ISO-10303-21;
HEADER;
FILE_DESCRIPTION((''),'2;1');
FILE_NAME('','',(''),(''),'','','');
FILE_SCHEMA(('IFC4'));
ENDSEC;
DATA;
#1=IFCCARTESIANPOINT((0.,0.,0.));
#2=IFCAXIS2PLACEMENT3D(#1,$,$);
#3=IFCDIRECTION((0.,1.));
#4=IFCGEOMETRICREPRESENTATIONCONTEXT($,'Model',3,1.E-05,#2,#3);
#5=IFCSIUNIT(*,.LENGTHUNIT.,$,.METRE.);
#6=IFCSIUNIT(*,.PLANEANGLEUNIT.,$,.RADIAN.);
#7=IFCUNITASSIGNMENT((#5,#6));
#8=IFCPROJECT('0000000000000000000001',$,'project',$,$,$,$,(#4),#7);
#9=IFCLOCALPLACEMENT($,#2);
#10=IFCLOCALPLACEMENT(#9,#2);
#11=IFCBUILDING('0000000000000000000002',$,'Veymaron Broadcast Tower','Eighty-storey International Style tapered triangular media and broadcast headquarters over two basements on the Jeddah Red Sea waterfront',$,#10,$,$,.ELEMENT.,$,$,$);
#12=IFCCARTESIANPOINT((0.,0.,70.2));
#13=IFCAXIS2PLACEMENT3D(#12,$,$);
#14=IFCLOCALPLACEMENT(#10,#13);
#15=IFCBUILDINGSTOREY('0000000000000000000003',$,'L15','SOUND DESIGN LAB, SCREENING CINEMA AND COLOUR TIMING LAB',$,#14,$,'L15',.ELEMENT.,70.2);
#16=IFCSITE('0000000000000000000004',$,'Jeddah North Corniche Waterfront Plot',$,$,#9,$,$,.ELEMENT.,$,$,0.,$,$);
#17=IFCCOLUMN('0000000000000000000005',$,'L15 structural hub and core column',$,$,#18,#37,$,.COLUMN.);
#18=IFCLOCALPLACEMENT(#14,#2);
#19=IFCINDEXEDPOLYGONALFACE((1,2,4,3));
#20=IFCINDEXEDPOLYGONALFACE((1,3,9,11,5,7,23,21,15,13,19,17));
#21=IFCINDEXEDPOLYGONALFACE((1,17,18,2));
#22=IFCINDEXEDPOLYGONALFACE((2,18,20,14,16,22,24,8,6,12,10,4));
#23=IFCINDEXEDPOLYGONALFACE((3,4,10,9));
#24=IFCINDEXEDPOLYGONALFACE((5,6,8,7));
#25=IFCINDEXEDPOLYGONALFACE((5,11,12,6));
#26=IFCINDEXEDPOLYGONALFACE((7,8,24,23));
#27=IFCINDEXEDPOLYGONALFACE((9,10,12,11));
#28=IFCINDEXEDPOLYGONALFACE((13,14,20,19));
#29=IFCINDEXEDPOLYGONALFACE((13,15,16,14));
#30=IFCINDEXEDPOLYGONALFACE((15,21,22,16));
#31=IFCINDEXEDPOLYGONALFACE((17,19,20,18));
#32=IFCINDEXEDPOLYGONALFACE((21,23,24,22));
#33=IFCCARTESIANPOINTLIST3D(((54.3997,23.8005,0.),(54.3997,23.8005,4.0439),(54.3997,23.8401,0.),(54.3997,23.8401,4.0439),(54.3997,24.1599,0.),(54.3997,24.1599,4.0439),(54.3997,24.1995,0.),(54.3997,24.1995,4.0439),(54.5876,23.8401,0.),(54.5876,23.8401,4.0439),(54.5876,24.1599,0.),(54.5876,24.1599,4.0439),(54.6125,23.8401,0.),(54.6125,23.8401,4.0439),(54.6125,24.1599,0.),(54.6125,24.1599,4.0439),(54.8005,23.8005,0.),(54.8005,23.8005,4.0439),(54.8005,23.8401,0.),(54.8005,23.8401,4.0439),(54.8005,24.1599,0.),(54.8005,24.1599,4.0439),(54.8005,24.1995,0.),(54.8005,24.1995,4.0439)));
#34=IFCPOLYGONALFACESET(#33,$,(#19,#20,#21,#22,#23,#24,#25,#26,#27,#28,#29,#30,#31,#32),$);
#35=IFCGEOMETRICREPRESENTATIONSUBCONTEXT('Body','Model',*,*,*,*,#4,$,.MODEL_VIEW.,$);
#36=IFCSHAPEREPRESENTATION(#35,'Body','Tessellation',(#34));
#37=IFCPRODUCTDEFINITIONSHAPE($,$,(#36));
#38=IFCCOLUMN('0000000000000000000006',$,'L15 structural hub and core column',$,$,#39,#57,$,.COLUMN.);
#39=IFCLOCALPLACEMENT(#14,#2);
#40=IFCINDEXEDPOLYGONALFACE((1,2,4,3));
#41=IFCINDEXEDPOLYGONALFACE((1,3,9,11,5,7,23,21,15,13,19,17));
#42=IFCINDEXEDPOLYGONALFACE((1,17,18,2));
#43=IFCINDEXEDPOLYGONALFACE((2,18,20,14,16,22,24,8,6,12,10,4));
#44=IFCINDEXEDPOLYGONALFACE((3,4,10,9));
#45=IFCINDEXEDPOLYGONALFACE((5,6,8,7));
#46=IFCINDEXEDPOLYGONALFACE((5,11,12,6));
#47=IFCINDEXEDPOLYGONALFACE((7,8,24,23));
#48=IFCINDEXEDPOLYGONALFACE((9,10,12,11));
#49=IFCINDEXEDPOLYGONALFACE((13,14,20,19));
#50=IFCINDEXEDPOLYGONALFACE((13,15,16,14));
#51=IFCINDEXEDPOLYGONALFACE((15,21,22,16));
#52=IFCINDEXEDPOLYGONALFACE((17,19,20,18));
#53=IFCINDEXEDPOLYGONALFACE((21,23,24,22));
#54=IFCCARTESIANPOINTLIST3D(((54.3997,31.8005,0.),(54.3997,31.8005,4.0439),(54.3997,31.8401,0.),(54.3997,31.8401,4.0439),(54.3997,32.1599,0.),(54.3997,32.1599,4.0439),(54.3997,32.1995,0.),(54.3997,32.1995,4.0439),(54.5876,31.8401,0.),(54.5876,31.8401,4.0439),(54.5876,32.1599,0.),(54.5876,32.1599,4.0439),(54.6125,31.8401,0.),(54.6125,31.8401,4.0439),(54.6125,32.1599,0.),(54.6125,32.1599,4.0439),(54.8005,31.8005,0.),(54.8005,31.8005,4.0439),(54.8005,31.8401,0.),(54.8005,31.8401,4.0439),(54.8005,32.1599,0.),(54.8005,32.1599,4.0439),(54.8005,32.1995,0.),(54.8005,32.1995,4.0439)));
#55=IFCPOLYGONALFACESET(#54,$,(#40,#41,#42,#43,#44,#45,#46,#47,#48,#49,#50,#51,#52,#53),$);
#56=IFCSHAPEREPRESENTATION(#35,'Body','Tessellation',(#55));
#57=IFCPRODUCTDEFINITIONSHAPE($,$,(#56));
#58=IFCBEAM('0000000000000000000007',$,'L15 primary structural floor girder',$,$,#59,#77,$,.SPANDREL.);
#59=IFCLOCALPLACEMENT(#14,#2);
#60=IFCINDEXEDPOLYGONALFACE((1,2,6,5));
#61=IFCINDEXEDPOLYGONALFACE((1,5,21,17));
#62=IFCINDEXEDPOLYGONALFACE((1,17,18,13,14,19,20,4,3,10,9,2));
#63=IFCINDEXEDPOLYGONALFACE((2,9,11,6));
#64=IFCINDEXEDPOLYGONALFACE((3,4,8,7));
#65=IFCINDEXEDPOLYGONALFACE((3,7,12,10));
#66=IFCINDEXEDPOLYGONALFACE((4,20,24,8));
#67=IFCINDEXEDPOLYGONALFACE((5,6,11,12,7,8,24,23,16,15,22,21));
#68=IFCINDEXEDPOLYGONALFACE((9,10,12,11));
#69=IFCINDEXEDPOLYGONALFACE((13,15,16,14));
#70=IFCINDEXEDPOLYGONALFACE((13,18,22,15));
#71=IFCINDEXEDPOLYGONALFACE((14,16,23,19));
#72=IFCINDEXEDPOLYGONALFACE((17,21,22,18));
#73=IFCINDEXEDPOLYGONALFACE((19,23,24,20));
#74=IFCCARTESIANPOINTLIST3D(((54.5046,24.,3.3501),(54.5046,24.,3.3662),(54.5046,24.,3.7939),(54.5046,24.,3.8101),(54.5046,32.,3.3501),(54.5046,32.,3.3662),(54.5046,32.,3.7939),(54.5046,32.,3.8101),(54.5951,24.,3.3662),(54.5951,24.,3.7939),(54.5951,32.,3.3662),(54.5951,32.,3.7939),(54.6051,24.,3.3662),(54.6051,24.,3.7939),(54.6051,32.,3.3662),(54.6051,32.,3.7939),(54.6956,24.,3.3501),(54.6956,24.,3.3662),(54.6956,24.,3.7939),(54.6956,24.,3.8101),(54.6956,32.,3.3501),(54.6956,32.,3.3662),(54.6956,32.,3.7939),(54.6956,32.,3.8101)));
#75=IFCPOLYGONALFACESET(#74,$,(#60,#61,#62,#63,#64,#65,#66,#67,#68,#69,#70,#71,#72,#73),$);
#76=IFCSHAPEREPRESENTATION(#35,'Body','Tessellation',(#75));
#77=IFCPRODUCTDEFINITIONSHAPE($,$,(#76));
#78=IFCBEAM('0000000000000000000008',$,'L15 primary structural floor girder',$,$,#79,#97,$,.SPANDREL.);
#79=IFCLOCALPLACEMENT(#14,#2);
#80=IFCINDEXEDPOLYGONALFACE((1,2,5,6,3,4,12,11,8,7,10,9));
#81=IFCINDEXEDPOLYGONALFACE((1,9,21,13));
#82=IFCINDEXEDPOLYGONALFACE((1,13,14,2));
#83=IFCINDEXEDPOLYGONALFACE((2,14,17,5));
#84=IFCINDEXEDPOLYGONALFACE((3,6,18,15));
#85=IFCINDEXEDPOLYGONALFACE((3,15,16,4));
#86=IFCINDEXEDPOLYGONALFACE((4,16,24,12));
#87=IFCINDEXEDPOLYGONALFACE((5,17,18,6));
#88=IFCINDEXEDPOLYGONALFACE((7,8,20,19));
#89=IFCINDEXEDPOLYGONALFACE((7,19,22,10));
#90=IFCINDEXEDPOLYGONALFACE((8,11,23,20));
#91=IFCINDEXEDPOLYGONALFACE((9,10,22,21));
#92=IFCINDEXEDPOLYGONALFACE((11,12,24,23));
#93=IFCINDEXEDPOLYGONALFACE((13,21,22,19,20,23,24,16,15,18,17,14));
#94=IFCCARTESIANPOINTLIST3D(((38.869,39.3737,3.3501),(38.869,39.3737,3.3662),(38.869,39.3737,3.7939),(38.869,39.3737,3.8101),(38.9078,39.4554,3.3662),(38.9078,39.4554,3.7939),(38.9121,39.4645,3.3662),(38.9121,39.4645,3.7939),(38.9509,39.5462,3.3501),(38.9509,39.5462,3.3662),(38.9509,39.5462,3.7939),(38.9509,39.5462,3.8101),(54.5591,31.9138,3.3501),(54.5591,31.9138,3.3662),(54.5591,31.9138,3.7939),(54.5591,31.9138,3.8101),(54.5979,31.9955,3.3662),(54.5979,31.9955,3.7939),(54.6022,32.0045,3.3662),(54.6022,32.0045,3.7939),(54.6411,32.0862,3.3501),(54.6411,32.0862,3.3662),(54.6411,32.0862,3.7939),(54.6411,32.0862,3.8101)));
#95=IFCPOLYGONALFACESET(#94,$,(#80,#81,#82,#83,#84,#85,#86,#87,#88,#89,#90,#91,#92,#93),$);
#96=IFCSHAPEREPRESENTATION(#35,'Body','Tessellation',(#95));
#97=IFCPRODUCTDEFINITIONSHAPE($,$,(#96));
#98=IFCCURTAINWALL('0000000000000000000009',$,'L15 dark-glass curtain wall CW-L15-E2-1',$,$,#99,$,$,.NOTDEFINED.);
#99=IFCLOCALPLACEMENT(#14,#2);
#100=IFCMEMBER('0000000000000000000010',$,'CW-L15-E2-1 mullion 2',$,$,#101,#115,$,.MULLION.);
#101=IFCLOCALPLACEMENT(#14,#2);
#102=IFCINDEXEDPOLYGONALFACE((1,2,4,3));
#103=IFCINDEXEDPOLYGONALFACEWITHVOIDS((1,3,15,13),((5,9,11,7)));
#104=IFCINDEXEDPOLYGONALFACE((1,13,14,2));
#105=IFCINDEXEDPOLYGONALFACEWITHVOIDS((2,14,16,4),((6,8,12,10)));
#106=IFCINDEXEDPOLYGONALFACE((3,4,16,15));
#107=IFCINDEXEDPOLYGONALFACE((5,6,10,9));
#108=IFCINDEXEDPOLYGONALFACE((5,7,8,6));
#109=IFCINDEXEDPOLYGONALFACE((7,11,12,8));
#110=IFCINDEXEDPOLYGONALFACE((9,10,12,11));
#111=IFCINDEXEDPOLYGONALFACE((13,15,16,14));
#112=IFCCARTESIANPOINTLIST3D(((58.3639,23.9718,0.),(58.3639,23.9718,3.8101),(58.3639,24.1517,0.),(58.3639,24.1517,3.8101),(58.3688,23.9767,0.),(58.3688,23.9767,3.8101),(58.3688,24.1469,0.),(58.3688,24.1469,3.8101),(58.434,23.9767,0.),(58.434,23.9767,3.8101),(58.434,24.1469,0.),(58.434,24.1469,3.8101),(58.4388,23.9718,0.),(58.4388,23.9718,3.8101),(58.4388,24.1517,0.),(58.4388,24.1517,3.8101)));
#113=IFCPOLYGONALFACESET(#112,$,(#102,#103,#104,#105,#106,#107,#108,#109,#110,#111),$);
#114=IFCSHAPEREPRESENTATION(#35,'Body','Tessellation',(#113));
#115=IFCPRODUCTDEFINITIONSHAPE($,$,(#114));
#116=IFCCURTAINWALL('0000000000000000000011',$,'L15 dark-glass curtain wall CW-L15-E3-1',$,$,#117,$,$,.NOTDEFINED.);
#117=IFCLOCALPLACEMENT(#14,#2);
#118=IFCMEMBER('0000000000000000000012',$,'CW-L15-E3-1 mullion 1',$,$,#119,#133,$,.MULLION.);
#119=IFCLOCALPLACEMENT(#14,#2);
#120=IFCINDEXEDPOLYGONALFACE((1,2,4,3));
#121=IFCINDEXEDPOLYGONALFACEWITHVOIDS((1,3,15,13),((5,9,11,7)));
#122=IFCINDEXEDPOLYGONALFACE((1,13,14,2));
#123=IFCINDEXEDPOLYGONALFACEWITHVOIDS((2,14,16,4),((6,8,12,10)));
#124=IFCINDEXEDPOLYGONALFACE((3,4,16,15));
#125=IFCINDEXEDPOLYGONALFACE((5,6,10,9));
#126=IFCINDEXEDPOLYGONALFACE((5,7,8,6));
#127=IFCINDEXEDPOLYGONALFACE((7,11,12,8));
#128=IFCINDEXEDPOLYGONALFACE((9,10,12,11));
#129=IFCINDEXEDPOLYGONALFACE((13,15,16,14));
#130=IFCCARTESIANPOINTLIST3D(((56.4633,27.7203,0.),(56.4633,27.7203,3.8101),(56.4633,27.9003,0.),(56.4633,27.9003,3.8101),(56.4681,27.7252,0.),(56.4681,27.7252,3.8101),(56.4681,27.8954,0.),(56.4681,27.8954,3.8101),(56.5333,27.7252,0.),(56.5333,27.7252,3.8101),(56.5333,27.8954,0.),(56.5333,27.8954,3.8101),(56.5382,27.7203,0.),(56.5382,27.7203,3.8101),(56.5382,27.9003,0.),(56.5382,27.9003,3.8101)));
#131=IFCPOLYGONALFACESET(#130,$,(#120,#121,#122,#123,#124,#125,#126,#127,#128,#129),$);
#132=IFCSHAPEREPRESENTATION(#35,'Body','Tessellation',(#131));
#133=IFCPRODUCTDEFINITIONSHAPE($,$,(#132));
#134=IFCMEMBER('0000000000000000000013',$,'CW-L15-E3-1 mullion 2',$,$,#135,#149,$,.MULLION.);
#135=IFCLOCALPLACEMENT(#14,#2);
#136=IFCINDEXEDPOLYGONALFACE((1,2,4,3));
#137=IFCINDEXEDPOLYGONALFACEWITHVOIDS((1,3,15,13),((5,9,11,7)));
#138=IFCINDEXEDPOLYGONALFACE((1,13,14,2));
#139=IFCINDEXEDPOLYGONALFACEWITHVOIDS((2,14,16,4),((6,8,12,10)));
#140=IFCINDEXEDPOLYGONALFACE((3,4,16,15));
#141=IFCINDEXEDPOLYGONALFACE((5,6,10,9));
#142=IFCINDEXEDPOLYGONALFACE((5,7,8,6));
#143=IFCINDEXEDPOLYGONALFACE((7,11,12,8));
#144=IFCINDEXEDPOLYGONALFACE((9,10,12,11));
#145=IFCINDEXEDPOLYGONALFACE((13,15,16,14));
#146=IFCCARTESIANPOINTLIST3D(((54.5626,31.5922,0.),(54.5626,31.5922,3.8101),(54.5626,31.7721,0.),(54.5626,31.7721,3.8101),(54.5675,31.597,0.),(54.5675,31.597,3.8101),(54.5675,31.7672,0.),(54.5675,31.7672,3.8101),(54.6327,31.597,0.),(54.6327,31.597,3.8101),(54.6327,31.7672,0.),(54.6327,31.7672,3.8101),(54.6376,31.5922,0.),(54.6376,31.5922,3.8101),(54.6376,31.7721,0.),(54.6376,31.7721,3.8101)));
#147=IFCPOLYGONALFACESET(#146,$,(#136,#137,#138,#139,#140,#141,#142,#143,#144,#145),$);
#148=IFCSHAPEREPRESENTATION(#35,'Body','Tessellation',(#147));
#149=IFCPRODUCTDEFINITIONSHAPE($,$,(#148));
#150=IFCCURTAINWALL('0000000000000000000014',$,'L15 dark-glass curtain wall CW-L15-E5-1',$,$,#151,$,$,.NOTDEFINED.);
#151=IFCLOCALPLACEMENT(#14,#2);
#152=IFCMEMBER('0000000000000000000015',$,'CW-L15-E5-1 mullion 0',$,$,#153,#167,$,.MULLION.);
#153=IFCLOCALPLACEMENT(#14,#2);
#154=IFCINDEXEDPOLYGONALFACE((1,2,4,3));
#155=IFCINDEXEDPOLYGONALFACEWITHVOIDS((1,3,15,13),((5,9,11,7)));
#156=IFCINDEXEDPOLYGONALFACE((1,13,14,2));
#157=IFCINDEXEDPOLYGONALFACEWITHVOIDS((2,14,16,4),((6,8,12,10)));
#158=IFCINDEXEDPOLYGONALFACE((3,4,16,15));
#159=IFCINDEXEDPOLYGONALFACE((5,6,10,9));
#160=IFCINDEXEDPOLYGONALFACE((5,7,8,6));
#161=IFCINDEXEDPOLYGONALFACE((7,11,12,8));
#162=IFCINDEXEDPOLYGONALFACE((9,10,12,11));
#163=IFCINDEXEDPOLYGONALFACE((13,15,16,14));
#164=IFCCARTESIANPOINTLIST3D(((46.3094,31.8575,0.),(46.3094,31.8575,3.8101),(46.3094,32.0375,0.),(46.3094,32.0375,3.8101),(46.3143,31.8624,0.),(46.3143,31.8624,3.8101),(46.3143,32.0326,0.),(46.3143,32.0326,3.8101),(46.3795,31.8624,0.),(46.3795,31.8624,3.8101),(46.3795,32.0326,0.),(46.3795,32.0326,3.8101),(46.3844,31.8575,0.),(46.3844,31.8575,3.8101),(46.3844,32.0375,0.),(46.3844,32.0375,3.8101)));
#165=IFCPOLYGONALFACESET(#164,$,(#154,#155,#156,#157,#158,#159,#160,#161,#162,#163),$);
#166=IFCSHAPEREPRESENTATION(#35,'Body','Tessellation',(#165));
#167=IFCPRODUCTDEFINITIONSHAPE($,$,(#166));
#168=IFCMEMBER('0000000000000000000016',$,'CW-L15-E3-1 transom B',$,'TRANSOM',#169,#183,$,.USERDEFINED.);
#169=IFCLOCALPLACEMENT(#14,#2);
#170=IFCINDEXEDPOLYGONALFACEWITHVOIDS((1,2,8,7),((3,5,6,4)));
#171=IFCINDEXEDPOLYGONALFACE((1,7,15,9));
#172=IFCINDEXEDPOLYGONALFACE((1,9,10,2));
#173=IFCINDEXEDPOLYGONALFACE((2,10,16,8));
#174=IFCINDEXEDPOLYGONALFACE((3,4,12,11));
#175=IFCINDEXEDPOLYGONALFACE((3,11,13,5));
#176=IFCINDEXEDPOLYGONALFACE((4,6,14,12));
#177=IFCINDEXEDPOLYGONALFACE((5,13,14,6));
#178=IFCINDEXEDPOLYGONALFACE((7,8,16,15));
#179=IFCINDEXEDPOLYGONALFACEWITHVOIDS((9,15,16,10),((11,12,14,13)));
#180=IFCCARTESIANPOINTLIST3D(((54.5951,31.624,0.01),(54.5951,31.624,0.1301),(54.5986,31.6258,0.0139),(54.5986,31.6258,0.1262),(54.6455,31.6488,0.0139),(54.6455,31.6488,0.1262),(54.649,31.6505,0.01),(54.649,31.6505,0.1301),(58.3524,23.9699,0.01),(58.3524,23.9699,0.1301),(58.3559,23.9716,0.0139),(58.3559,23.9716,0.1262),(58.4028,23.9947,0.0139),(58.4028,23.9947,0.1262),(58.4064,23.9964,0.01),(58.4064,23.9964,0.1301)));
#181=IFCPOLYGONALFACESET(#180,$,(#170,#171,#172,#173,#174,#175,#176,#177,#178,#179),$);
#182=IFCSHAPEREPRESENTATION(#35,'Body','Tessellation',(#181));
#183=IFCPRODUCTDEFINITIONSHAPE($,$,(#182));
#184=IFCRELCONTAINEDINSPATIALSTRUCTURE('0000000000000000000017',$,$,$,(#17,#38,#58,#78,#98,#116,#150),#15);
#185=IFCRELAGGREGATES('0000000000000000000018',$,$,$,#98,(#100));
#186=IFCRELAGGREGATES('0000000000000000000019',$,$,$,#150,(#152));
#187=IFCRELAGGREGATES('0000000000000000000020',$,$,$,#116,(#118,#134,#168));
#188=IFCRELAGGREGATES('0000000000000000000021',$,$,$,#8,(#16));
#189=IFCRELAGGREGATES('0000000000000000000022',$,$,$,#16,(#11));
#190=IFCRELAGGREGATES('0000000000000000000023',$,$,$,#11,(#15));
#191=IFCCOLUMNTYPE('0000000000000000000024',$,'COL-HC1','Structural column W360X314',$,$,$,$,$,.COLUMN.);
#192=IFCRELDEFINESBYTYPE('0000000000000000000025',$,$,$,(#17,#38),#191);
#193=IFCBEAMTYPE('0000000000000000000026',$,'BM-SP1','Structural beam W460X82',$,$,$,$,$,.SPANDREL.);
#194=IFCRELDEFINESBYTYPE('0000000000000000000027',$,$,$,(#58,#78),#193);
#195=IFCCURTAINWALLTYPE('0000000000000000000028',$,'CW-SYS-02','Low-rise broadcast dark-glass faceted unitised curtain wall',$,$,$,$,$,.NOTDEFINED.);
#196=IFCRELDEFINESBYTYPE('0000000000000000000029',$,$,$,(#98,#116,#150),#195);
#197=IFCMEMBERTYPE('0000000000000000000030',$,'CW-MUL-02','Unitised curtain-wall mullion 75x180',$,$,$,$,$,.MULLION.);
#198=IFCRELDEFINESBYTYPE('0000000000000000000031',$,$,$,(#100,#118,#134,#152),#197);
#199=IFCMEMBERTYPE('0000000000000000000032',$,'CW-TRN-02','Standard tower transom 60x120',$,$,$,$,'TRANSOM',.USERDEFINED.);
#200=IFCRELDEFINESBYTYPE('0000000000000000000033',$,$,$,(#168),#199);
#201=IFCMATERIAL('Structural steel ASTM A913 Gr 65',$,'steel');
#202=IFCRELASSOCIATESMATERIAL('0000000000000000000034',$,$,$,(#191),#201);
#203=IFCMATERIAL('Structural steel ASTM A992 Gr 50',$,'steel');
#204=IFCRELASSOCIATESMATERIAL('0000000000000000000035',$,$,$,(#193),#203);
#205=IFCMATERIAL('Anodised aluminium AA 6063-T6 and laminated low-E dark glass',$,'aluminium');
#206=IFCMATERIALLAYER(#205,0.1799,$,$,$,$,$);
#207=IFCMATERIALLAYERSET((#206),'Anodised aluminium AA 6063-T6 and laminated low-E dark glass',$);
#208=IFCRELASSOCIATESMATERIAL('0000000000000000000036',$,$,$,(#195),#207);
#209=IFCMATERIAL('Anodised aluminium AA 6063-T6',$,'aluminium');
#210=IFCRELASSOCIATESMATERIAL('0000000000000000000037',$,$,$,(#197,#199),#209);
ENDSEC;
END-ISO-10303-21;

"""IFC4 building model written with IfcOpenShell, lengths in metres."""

from ifc_helpers import new_model, si_unit, direction, frame, origin, origin_2d, place, context, subcontext, project, spatial, hollow_rectangle, i_section, extrude, material, layer, layer_set, material_profile, profile_set, type_object, element, aggregate, save


model = new_model("IFC4")

# Units and contexts
model_context = context("Model", 3, precision=1e-05, world=origin(), true_north=direction((0.0, 1.0)))
body_context = subcontext(model_context, "Body", "Model", "MODEL_VIEW")
ifc_project = project(units=[si_unit("LENGTHUNIT", "METRE"), si_unit("PLANEANGLEUNIT", "RADIAN")], contexts=[model_context])

# Site, building, storey
site_placement = place(None, origin())
site = spatial("IfcSite", under=ifc_project, at=site_placement, Name="Jeddah North Corniche Waterfront Plot", CompositionType="ELEMENT", RefElevation=0.0)
building_placement = place(site_placement, origin())
building = spatial("IfcBuilding", under=site, at=building_placement, Name="Veymaron Broadcast Tower", Description="Eighty-storey International Style tapered triangular media and broadcast headquarters over two basements on the Jeddah Red Sea waterfront", CompositionType="ELEMENT")
storey_placement = place(building_placement, frame((0.0, 0.0, 70.2)))
storey = spatial("IfcBuildingStorey", under=building, at=storey_placement, Name="L15", Description="SOUND DESIGN LAB, SCREENING CINEMA AND COLOUR TIMING LAB", LongName="L15", CompositionType="ELEMENT", Elevation=70.2)

# Columns
ifc_material_1 = material(Name="Structural steel ASTM A913 Gr 65", Category="steel")
ifc_material_profile_1 = material_profile(ifc_material_1, i_section(OverallWidth=0.4009, OverallDepth=0.3989, WebThickness=0.0249, FlangeThickness=0.0396, at=origin_2d()), Name="W360X314")
ifc_profile_set_1 = profile_set([ifc_material_profile_1], Name="Structural steel ASTM A913 Gr 65")
column_type = type_object("IfcColumnType", Name="COL-HC1", Description="Structural column W360X314", PredefinedType="COLUMN", material=ifc_profile_set_1)
for number, where, z_axis, x_axis, name in (
    (1, (54.6001, 24.0, 0.0), (0.0, 0.0, 1.0), (1.0, 0.0, 0.0), "L15 structural hub and core column"),
    (2, (54.6001, 32.0, 0.0), (0.0, 0.0, 1.0), (1.0, 0.0, 0.0), "L15 structural hub and core column"),
):
    element("IfcColumn", number, at=place(storey_placement, frame(where, z_axis=z_axis, x_axis=x_axis)), inside=storey, type_object=column_type, Name=name, PredefinedType="COLUMN", context=body_context, shape_type="SweptSolid", body=[
        extrude(i_section(OverallWidth=0.4009, OverallDepth=0.3989, WebThickness=0.0249, FlangeThickness=0.0396, at=origin_2d()), origin(), (0.0, 0.0, 1.0), 4.0439),
    ])

# Beams
ifc_material_2 = material(Name="Structural steel ASTM A992 Gr 50", Category="steel")
ifc_material_profile_2 = material_profile(ifc_material_2, i_section(OverallWidth=0.1909, OverallDepth=0.46, WebThickness=0.01, FlangeThickness=0.0161, at=origin_2d()), Name="W460X82")
ifc_profile_set_2 = profile_set([ifc_material_profile_2], Name="Structural steel ASTM A992 Gr 50")
beam_type = type_object("IfcBeamType", Name="BM-SP1", Description="Structural beam W460X82", PredefinedType="SPANDREL", material=ifc_profile_set_2)
beam_1_placement = place(storey_placement, frame((54.6001, 24.0, 3.5801), z_axis=(0.0, 1.0, 0.0), x_axis=(-1.0, 0.0, 0.0)))
element("IfcBeam", 3, at=beam_1_placement, inside=storey, type_object=beam_type, Name="L15 primary structural floor girder", PredefinedType="SPANDREL", context=body_context, shape_type="SweptSolid", body=[
    extrude(i_section(OverallWidth=0.1909, OverallDepth=0.46, WebThickness=0.01, FlangeThickness=0.0161, at=origin_2d()), origin(), (0.0, 0.0, 1.0), 8.0),
])
beam_2_placement = place(storey_placement, frame((54.6001, 32.0, 3.5801), z_axis=(-0.903119, 0.429391, 0.0), x_axis=(-0.429391, -0.903119, 0.0)))
element("IfcBeam", 4, at=beam_2_placement, inside=storey, type_object=beam_type, Name="L15 primary structural floor girder", PredefinedType="SPANDREL", context=body_context, shape_type="SweptSolid", body=[
    extrude(i_section(OverallWidth=0.1909, OverallDepth=0.46, WebThickness=0.01, FlangeThickness=0.0161, at=origin_2d()), origin(), (0.0, 0.0, 1.0), 17.3733),
])

# Curtain wall, member
ifc_material_3 = material(Name="Anodised aluminium AA 6063-T6 and laminated low-E dark glass", Category="aluminium")
ifc_layer_1 = layer(ifc_material_3, 0.1799)
ifc_layer_set_1 = layer_set([ifc_layer_1], Name="Anodised aluminium AA 6063-T6 and laminated low-E dark glass")
curtain_wall_type = type_object("IfcCurtainWallType", Name="CW-SYS-02", Description="Low-rise broadcast dark-glass faceted unitised curtain wall", PredefinedType="NOTDEFINED", material=ifc_layer_set_1)
curtain_wall_1_placement = place(storey_placement, origin())
curtain_wall_1 = element("IfcCurtainWall", 5, at=curtain_wall_1_placement, inside=storey, type_object=curtain_wall_type, Name="L15 dark-glass curtain wall CW-L15-E2-1", PredefinedType="NOTDEFINED")
ifc_material_4 = material(Name="Anodised aluminium AA 6063-T6", Category="aluminium")
ifc_material_profile_3 = material_profile(ifc_material_4, hollow_rectangle(XDim=0.075, YDim=0.1799, WallThickness=0.0049, at=origin_2d()), Name="AL180X75X5")
ifc_profile_set_3 = profile_set([ifc_material_profile_3], Name="Anodised aluminium AA 6063-T6")
member_type_1 = type_object("IfcMemberType", Name="CW-MUL-02", Description="Unitised curtain-wall mullion 75x180", PredefinedType="MULLION", material=ifc_profile_set_3)
member_1_placement = place(storey_placement, frame((58.4014, 24.0618, 0.0), z_axis=(0.0, 0.0, 1.0), x_axis=(1.0, 0.0, 0.0)))
member_1 = element("IfcMember", 6, at=member_1_placement, type_object=member_type_1, Name="CW-L15-E2-1 mullion 2", PredefinedType="MULLION", context=body_context, shape_type="SweptSolid", body=[
    extrude(hollow_rectangle(XDim=0.075, YDim=0.1799, WallThickness=0.0049, at=origin_2d()), origin(), (0.0, 0.0, 1.0), 3.8101),
])
aggregate(curtain_wall_1, [member_1])

# Curtain wall, members
curtain_wall_2_placement = place(storey_placement, origin())
curtain_wall_2 = element("IfcCurtainWall", 7, at=curtain_wall_2_placement, inside=storey, type_object=curtain_wall_type, Name="L15 dark-glass curtain wall CW-L15-E3-1", PredefinedType="NOTDEFINED")
member_2_placement = place(storey_placement, frame((56.5007, 27.8103, 0.0), z_axis=(0.0, 0.0, 1.0), x_axis=(1.0, 0.0, 0.0)))
member_2 = element("IfcMember", 8, at=member_2_placement, type_object=member_type_1, Name="CW-L15-E3-1 mullion 1", PredefinedType="MULLION", context=body_context, shape_type="SweptSolid", body=[
    extrude(hollow_rectangle(XDim=0.075, YDim=0.1799, WallThickness=0.0049, at=origin_2d()), origin(), (0.0, 0.0, 1.0), 3.8101),
])
member_3_placement = place(storey_placement, frame((54.6001, 31.6821, 0.0), z_axis=(0.0, 0.0, 1.0), x_axis=(1.0, 0.0, 0.0)))
member_3 = element("IfcMember", 9, at=member_3_placement, type_object=member_type_1, Name="CW-L15-E3-1 mullion 2", PredefinedType="MULLION", context=body_context, shape_type="SweptSolid", body=[
    extrude(hollow_rectangle(XDim=0.075, YDim=0.1799, WallThickness=0.0049, at=origin_2d()), origin(), (0.0, 0.0, 1.0), 3.8101),
])

# Curtain wall, member
curtain_wall_3_placement = place(storey_placement, origin())
curtain_wall_3 = element("IfcCurtainWall", 10, at=curtain_wall_3_placement, inside=storey, type_object=curtain_wall_type, Name="L15 dark-glass curtain wall CW-L15-E5-1", PredefinedType="NOTDEFINED")
member_4_placement = place(storey_placement, frame((46.3469, 31.9475, 0.0), z_axis=(0.0, 0.0, 1.0), x_axis=(1.0, 0.0, 0.0)))
member_4 = element("IfcMember", 11, at=member_4_placement, type_object=member_type_1, Name="CW-L15-E5-1 mullion 0", PredefinedType="MULLION", context=body_context, shape_type="SweptSolid", body=[
    extrude(hollow_rectangle(XDim=0.075, YDim=0.1799, WallThickness=0.0049, at=origin_2d()), origin(), (0.0, 0.0, 1.0), 3.8101),
])

# Member
ifc_material_profile_4 = material_profile(ifc_material_4, hollow_rectangle(XDim=0.0601, YDim=0.1201, WallThickness=0.0039, at=origin_2d()), Name="AL120X60X4")
ifc_profile_set_4 = profile_set([ifc_material_profile_4], Name="Anodised aluminium AA 6063-T6")
member_type_2 = type_object("IfcMemberType", Name="CW-TRN-02", Description="Standard tower transom 60x120", ElementType="TRANSOM", PredefinedType="USERDEFINED", material=ifc_profile_set_4)
member_5_placement = place(storey_placement, frame((58.3794, 23.9832, 0.0701), z_axis=(-0.440662, 0.897673, 0.0), x_axis=(-0.897673, -0.440662, 0.0)))
member_5 = element("IfcMember", 12, at=member_5_placement, type_object=member_type_2, Name="CW-L15-E3-1 transom B", ObjectType="TRANSOM", PredefinedType="USERDEFINED", context=body_context, shape_type="SweptSolid", body=[
    extrude(hollow_rectangle(XDim=0.0601, YDim=0.1201, WallThickness=0.0039, at=origin_2d()), origin(), (0.0, 0.0, 1.0), 8.5266),
])
aggregate(curtain_wall_3, [member_4])

aggregate(curtain_wall_2, [member_2, member_3, member_5])

save(model, "model.ifc")
